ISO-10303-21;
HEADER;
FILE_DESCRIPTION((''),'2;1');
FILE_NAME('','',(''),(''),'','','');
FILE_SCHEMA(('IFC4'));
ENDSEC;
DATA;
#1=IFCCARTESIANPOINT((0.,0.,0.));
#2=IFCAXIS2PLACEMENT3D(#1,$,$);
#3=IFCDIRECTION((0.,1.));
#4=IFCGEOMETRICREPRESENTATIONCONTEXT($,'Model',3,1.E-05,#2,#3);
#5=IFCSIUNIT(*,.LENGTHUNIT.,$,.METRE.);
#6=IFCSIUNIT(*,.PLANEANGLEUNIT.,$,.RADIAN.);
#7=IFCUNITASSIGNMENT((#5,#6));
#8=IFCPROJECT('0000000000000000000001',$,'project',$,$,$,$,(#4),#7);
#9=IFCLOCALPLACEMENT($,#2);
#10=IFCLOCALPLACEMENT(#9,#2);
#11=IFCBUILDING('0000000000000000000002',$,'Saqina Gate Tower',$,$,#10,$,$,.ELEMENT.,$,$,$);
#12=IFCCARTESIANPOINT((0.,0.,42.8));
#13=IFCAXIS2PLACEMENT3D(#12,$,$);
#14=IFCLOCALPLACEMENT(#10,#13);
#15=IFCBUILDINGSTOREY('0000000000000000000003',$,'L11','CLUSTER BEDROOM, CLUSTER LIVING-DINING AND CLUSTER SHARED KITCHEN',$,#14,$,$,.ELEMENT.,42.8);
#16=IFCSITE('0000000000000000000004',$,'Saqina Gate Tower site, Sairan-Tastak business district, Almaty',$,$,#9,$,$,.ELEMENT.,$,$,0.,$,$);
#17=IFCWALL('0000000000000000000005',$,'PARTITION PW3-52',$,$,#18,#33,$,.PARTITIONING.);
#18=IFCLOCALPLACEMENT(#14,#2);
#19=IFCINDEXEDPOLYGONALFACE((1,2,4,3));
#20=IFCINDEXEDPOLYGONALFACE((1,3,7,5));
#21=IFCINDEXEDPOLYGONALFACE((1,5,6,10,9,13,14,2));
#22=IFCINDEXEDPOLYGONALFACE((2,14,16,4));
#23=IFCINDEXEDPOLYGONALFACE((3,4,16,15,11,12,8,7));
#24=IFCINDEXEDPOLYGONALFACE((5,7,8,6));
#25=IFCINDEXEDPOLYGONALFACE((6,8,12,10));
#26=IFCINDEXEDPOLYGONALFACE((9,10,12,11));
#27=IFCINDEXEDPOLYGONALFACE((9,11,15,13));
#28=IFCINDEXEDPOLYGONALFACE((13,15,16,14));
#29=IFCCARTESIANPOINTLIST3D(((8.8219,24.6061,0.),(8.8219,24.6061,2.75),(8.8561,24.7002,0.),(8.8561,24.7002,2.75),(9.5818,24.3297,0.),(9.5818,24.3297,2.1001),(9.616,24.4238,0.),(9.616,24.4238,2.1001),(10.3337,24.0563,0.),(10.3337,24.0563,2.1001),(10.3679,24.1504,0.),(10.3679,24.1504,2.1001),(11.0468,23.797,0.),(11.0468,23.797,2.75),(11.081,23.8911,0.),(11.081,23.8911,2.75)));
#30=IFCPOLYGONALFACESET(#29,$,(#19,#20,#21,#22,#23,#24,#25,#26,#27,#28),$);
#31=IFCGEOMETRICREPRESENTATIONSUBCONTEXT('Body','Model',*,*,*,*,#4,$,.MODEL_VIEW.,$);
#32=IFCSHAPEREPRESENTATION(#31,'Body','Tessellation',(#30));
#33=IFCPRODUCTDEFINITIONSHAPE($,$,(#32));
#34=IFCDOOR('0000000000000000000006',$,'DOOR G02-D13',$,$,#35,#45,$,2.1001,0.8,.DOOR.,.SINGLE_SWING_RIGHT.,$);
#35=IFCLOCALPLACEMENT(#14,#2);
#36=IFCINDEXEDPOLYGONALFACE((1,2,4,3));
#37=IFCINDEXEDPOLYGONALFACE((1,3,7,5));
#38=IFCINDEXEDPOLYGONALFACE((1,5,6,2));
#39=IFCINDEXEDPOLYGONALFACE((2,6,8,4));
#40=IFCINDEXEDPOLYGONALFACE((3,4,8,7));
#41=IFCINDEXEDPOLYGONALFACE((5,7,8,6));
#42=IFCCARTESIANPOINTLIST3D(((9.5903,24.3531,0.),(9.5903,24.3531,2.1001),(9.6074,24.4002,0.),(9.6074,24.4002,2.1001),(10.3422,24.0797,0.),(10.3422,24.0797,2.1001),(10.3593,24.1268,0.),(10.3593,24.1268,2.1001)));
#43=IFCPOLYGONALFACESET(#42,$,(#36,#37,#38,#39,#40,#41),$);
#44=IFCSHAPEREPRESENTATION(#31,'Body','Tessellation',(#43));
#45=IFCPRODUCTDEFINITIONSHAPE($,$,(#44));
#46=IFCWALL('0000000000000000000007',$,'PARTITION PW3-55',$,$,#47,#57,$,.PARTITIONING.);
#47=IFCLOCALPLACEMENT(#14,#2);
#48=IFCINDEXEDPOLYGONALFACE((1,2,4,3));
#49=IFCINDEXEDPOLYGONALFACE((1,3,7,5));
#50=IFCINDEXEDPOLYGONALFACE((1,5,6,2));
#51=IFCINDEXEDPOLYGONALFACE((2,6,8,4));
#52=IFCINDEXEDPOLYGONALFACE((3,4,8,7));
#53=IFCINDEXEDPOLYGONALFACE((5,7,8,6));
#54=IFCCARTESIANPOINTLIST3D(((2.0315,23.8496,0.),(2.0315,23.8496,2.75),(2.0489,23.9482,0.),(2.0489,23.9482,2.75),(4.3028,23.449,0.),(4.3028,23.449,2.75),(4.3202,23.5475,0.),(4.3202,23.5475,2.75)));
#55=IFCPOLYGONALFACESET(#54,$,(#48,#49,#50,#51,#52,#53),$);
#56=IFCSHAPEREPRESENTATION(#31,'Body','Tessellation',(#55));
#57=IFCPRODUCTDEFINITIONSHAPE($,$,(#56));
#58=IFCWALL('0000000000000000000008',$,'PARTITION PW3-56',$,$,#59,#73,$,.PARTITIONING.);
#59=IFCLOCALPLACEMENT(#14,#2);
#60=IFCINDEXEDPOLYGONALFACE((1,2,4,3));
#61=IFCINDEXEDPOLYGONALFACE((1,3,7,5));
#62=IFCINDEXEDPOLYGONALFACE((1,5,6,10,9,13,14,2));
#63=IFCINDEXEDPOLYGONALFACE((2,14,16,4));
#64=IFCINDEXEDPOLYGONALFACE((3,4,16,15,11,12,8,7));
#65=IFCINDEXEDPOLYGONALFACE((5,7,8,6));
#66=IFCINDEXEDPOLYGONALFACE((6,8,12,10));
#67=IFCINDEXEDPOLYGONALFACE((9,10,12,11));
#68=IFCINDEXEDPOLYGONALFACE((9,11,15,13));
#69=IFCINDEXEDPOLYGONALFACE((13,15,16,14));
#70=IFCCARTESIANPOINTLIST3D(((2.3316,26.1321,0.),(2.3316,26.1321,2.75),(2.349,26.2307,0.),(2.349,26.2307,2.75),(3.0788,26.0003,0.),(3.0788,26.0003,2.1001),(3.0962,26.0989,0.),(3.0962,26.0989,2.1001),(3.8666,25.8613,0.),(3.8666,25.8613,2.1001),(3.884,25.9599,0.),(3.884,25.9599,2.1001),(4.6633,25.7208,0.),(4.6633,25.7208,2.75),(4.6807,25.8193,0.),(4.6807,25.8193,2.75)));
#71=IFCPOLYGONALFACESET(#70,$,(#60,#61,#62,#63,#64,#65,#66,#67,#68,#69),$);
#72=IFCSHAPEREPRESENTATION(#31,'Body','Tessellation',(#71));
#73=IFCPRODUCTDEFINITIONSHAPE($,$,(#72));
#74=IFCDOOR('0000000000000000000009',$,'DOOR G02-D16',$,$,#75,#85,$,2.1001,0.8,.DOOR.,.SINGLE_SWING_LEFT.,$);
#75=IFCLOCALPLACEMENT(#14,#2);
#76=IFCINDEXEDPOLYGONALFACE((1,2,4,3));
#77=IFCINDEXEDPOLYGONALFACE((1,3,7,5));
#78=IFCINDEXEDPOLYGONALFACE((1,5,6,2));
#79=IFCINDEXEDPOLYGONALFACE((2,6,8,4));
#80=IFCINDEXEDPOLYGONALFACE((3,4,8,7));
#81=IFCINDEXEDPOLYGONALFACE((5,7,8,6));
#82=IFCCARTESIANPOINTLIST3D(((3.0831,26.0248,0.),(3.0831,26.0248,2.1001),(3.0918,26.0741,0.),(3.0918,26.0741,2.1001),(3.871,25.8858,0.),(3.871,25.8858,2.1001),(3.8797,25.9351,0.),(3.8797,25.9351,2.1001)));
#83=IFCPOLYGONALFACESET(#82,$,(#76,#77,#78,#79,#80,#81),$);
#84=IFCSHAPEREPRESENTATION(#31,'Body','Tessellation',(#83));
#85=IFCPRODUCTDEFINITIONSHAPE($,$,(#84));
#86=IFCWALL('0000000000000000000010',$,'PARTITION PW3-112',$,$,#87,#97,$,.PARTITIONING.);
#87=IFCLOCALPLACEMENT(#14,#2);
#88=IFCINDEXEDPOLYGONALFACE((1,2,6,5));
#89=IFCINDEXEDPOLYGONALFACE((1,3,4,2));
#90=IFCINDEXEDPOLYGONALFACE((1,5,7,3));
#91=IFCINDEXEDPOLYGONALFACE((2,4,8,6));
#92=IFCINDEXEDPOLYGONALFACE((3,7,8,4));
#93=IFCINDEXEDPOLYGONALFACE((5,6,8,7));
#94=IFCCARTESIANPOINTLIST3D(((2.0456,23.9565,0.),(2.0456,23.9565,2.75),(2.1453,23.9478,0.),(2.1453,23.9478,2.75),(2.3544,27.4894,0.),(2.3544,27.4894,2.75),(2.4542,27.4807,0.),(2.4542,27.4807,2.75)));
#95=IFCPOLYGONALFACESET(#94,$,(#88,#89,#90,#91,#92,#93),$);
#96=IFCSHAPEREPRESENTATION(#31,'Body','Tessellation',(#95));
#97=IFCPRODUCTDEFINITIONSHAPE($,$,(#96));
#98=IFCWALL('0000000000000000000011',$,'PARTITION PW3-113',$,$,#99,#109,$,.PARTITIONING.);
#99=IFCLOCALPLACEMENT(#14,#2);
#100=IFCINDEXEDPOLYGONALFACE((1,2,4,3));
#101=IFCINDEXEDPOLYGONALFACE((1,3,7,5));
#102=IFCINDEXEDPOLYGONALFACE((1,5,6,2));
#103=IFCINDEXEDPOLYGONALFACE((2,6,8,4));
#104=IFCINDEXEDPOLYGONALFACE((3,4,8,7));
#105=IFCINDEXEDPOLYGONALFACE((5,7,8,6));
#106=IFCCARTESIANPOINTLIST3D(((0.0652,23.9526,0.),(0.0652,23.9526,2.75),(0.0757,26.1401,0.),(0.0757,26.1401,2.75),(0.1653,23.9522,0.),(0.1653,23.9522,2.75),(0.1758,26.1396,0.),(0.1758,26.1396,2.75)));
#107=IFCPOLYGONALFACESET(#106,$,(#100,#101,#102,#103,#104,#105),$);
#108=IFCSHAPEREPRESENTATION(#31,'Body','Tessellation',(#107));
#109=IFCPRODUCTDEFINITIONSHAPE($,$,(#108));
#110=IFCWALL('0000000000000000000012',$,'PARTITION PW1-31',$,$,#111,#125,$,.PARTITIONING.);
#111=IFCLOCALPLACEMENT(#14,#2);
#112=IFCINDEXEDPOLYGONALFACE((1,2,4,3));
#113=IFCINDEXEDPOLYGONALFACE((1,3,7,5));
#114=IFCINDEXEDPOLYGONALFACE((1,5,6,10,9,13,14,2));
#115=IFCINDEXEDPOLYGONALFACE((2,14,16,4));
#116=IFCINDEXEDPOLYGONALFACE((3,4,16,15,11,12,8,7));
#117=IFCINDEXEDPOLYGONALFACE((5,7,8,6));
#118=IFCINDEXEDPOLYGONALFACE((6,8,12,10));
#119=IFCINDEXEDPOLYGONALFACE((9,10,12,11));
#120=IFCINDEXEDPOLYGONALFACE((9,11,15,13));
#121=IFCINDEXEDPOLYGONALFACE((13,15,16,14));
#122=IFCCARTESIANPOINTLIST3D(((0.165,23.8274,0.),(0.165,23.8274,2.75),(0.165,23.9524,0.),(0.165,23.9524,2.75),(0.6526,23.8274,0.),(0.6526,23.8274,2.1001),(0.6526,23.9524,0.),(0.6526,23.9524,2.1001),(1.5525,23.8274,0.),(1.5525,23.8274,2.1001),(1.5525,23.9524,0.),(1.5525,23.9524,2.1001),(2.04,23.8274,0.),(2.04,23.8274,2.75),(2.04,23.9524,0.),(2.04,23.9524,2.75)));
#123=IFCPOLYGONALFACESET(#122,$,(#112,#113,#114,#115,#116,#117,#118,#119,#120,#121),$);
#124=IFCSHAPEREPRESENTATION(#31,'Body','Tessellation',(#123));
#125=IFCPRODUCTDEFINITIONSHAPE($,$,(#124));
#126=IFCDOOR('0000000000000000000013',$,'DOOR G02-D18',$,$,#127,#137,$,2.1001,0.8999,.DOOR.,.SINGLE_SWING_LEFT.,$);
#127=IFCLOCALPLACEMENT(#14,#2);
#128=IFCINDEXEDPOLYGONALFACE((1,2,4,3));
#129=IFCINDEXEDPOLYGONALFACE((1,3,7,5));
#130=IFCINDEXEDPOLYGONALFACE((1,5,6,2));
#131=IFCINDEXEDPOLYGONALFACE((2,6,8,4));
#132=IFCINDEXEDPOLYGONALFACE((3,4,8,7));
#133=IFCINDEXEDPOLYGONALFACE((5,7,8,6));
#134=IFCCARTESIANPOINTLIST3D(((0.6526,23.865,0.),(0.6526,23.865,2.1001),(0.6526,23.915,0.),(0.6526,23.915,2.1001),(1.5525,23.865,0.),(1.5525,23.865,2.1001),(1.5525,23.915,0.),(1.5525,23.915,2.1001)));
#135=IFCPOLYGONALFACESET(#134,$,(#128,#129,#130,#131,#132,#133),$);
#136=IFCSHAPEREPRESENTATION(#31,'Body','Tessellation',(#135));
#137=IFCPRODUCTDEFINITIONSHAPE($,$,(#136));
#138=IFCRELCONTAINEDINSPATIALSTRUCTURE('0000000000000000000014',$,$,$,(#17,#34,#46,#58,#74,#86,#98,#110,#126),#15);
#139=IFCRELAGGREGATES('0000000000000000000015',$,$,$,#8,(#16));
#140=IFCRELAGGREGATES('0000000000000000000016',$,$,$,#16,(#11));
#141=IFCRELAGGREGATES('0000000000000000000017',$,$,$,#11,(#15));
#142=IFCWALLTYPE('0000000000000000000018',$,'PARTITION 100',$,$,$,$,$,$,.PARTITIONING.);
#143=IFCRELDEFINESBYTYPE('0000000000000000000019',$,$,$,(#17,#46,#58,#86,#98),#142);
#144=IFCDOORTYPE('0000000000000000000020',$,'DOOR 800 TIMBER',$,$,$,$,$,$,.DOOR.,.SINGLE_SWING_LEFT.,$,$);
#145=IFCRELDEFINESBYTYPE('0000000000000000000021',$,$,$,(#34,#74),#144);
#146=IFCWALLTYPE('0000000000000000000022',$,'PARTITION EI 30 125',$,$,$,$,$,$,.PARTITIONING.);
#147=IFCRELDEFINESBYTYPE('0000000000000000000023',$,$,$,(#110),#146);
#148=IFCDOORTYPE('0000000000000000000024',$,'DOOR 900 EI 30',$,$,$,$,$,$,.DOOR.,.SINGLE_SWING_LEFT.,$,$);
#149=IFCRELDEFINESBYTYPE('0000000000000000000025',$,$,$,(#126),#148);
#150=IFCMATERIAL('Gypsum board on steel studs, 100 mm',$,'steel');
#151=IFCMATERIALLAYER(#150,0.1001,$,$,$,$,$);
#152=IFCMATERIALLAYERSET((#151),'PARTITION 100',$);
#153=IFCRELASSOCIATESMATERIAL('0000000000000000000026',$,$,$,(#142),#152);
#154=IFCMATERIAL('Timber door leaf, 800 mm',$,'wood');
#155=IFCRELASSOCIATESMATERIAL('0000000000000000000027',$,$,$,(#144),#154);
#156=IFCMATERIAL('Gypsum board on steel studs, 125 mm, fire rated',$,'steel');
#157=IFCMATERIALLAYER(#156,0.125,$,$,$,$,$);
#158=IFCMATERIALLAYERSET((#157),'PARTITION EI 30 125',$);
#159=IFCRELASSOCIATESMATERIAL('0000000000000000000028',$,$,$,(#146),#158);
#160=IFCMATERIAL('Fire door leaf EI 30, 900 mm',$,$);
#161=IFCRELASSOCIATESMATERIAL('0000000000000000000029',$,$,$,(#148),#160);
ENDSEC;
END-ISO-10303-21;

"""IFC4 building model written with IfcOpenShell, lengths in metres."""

from ifc_helpers import new_model, si_unit, direction, frame, frame_2d, origin, place, context, subcontext, project, spatial, rectangle, extrude, material, layer, layer_set, type_object, element, fill, save


model = new_model("IFC4")

# Units and contexts
model_context = context("Model", 3, precision=1e-05, world=origin(), true_north=direction((0.0, 1.0)))
body_context = subcontext(model_context, "Body", "Model", "MODEL_VIEW")
ifc_project = project(units=[si_unit("LENGTHUNIT", "METRE"), si_unit("PLANEANGLEUNIT", "RADIAN")], contexts=[model_context])

# Site, building, storey
site_placement = place(None, origin())
site = spatial("IfcSite", under=ifc_project, at=site_placement, Name="Saqina Gate Tower site, Sairan-Tastak business district, Almaty", CompositionType="ELEMENT", RefElevation=0.0)
building_placement = place(site_placement, origin())
building = spatial("IfcBuilding", under=site, at=building_placement, Name="Saqina Gate Tower", CompositionType="ELEMENT")
storey_placement = place(building_placement, frame((0.0, 0.0, 42.8)))
storey = spatial("IfcBuildingStorey", under=building, at=storey_placement, Name="L11", Description="CLUSTER BEDROOM, CLUSTER LIVING-DINING AND CLUSTER SHARED KITCHEN", CompositionType="ELEMENT", Elevation=42.8)

# Wall, opening, door
ifc_material_1 = material(Name="Gypsum board on steel studs, 100 mm", Category="steel")
ifc_layer_1 = layer(ifc_material_1, 0.1001)
ifc_layer_set_1 = layer_set([ifc_layer_1], Name="PARTITION 100")
wall_type_1 = type_object("IfcWallType", Name="PARTITION 100", PredefinedType="PARTITIONING", material=ifc_layer_set_1)
ifc_material_2 = material(Name="Timber door leaf, 800 mm", Category="wood")
door_type_1 = type_object("IfcDoorType", Name="DOOR 800 TIMBER", OperationType="SINGLE_SWING_LEFT", PredefinedType="DOOR", material=ifc_material_2)
wall_1_placement = place(storey_placement, frame((8.8391, 24.6531, 0.0), z_axis=(0.0, 0.0, 1.0), x_axis=(0.939787, -0.34176, 0.0)))
wall_1 = element("IfcWall", 1, at=wall_1_placement, inside=storey, type_object=wall_type_1, Name="PARTITION PW3-52", PredefinedType="PARTITIONING", context=body_context, shape_type="SweptSolid", body=[
    extrude(rectangle(XDim=2.3674, YDim=0.1001, at=frame_2d((1.1836, 0.0))), origin(), (0.0, 0.0, 1.0), 2.75),
])
opening_1_placement = place(wall_1_placement, frame((0.8086, 0.0, 0.0)))
opening_1 = element("IfcOpeningElement", 2, at=opening_1_placement, cuts=wall_1, PredefinedType="OPENING", context=body_context, shape_type="SweptSolid", body=[
    extrude(rectangle(XDim=0.8, YDim=2.1001, at=frame_2d((0.3999, 1.05))), frame((0.0, 0.062, 0.0), z_axis=(0.0, -1.0, 0.0), x_axis=(1.0, 0.0, 0.0)), (0.0, 0.0, 1.0), 0.124),
])
door_1_placement = place(opening_1_placement, origin())
door_1 = element("IfcDoor", 3, at=door_1_placement, inside=storey, type_object=door_type_1, Name="DOOR G02-D13", OperationType="SINGLE_SWING_RIGHT", OverallHeight=2.1001, OverallWidth=0.8, PredefinedType="DOOR", context=body_context, shape_type="SweptSolid", body=[
    extrude(rectangle(XDim=0.8, YDim=2.1001, at=frame_2d((0.3999, 1.05))), frame((0.0, 0.0249, 0.0), z_axis=(0.0, -1.0, 0.0), x_axis=(1.0, 0.0, 0.0)), (0.0, 0.0, 1.0), 0.05),
])
fill(opening_1, door_1)

# Wall
wall_2_placement = place(storey_placement, frame((2.04, 23.8989, 0.0), z_axis=(0.0, 0.0, 1.0), x_axis=(0.984796, -0.173713, 0.0)))
element("IfcWall", 4, at=wall_2_placement, inside=storey, type_object=wall_type_1, Name="PARTITION PW3-55", PredefinedType="PARTITIONING", context=body_context, shape_type="SweptSolid", body=[
    extrude(rectangle(XDim=2.3064, YDim=0.1001, at=frame_2d((1.1533, 0.0))), origin(), (0.0, 0.0, 1.0), 2.75),
])

# Wall, opening, door
wall_3_placement = place(storey_placement, frame((2.3403, 26.1814, 0.0), z_axis=(0.0, 0.0, 1.0), x_axis=(0.984792, -0.173738, 0.0)))
wall_3 = element("IfcWall", 5, at=wall_3_placement, inside=storey, type_object=wall_type_1, Name="PARTITION PW3-56", PredefinedType="PARTITIONING", context=body_context, shape_type="SweptSolid", body=[
    extrude(rectangle(XDim=2.3677, YDim=0.1001, at=frame_2d((1.1838, 0.0))), origin(), (0.0, 0.0, 1.0), 2.75),
])
opening_2_placement = place(wall_3_placement, frame((0.7588, 0.0, 0.0)))
opening_2 = element("IfcOpeningElement", 6, at=opening_2_placement, cuts=wall_3, PredefinedType="OPENING", context=body_context, shape_type="SweptSolid", body=[
    extrude(rectangle(XDim=0.8, YDim=2.1001, at=frame_2d((0.3999, 1.05))), frame((0.0, 0.062, 0.0), z_axis=(0.0, -1.0, 0.0), x_axis=(1.0, 0.0, 0.0)), (0.0, 0.0, 1.0), 0.124),
])
door_2_placement = place(opening_2_placement, origin())
door_2 = element("IfcDoor", 7, at=door_2_placement, inside=storey, type_object=door_type_1, Name="DOOR G02-D16", OperationType="SINGLE_SWING_LEFT", OverallHeight=2.1001, OverallWidth=0.8, PredefinedType="DOOR", context=body_context, shape_type="SweptSolid", body=[
    extrude(rectangle(XDim=0.8, YDim=2.1001, at=frame_2d((0.3999, 1.05))), frame((0.0, 0.0249, 0.0), z_axis=(0.0, -1.0, 0.0), x_axis=(1.0, 0.0, 0.0)), (0.0, 0.0, 1.0), 0.05),
])
fill(opening_2, door_2)

# Walls
wall_4_placement = place(storey_placement, frame((2.0955, 23.9521, 0.0), z_axis=(0.0, 0.0, 1.0), x_axis=(0.087084, 0.996201, 0.0)))
element("IfcWall", 8, at=wall_4_placement, inside=storey, type_object=wall_type_1, Name="PARTITION PW3-112", PredefinedType="PARTITIONING", context=body_context, shape_type="SweptSolid", body=[
    extrude(rectangle(XDim=3.5464, YDim=0.1001, at=frame_2d((1.7732, 0.0))), origin(), (0.0, 0.0, 1.0), 2.75),
])
wall_5_placement = place(storey_placement, frame((0.1152, 23.9524, 0.0), z_axis=(0.0, 0.0, 1.0), x_axis=(0.004799, 0.999988, 0.0)))
element("IfcWall", 9, at=wall_5_placement, inside=storey, type_object=wall_type_1, Name="PARTITION PW3-113", PredefinedType="PARTITIONING", context=body_context, shape_type="SweptSolid", body=[
    extrude(rectangle(XDim=2.1875, YDim=0.1001, at=frame_2d((1.0938, 0.0))), origin(), (0.0, 0.0, 1.0), 2.75),
])

# Wall, opening, door
ifc_material_3 = material(Name="Gypsum board on steel studs, 125 mm, fire rated", Category="steel")
ifc_layer_2 = layer(ifc_material_3, 0.125)
ifc_layer_set_2 = layer_set([ifc_layer_2], Name="PARTITION EI 30 125")
wall_type_2 = type_object("IfcWallType", Name="PARTITION EI 30 125", PredefinedType="PARTITIONING", material=ifc_layer_set_2)
wall_6_placement = place(storey_placement, frame((0.165, 23.8899, 0.0), z_axis=(0.0, 0.0, 1.0), x_axis=(1.0, 0.0, 0.0)))
wall_6 = element("IfcWall", 10, at=wall_6_placement, inside=storey, type_object=wall_type_2, Name="PARTITION PW1-31", PredefinedType="PARTITIONING", context=body_context, shape_type="SweptSolid", body=[
    extrude(rectangle(XDim=1.875, YDim=0.125, at=frame_2d((0.9375, 0.0))), origin(), (0.0, 0.0, 1.0), 2.75),
])
opening_3_placement = place(wall_6_placement, frame((0.4875, 0.0, 0.0)))
opening_3 = element("IfcOpeningElement", 11, at=opening_3_placement, cuts=wall_6, PredefinedType="OPENING", context=body_context, shape_type="SweptSolid", body=[
    extrude(rectangle(XDim=0.8999, YDim=2.1001, at=frame_2d((0.45, 1.05))), frame((0.0, 0.0745, 0.0), z_axis=(0.0, -1.0, 0.0), x_axis=(1.0, 0.0, 0.0)), (0.0, 0.0, 1.0), 0.1489),
])
ifc_material_4 = material(Name="Fire door leaf EI 30, 900 mm")
door_type_2 = type_object("IfcDoorType", Name="DOOR 900 EI 30", OperationType="SINGLE_SWING_LEFT", PredefinedType="DOOR", material=ifc_material_4)
door_3_placement = place(opening_3_placement, frame((0.8999, 0.0, 0.0), z_axis=(0.0, 0.0, 1.0), x_axis=(-1.0, 0.0, 0.0)))
door_3 = element("IfcDoor", 12, at=door_3_placement, inside=storey, type_object=door_type_2, Name="DOOR G02-D18", OperationType="SINGLE_SWING_LEFT", OverallHeight=2.1001, OverallWidth=0.8999, PredefinedType="DOOR", context=body_context, shape_type="SweptSolid", body=[
    extrude(rectangle(XDim=0.8999, YDim=2.1001, at=frame_2d((0.45, 1.05))), frame((0.0, 0.0249, 0.0), z_axis=(0.0, -1.0, 0.0), x_axis=(1.0, 0.0, 0.0)), (0.0, 0.0, 1.0), 0.05),
])
fill(opening_3, door_3)

save(model, "model.ifc")
